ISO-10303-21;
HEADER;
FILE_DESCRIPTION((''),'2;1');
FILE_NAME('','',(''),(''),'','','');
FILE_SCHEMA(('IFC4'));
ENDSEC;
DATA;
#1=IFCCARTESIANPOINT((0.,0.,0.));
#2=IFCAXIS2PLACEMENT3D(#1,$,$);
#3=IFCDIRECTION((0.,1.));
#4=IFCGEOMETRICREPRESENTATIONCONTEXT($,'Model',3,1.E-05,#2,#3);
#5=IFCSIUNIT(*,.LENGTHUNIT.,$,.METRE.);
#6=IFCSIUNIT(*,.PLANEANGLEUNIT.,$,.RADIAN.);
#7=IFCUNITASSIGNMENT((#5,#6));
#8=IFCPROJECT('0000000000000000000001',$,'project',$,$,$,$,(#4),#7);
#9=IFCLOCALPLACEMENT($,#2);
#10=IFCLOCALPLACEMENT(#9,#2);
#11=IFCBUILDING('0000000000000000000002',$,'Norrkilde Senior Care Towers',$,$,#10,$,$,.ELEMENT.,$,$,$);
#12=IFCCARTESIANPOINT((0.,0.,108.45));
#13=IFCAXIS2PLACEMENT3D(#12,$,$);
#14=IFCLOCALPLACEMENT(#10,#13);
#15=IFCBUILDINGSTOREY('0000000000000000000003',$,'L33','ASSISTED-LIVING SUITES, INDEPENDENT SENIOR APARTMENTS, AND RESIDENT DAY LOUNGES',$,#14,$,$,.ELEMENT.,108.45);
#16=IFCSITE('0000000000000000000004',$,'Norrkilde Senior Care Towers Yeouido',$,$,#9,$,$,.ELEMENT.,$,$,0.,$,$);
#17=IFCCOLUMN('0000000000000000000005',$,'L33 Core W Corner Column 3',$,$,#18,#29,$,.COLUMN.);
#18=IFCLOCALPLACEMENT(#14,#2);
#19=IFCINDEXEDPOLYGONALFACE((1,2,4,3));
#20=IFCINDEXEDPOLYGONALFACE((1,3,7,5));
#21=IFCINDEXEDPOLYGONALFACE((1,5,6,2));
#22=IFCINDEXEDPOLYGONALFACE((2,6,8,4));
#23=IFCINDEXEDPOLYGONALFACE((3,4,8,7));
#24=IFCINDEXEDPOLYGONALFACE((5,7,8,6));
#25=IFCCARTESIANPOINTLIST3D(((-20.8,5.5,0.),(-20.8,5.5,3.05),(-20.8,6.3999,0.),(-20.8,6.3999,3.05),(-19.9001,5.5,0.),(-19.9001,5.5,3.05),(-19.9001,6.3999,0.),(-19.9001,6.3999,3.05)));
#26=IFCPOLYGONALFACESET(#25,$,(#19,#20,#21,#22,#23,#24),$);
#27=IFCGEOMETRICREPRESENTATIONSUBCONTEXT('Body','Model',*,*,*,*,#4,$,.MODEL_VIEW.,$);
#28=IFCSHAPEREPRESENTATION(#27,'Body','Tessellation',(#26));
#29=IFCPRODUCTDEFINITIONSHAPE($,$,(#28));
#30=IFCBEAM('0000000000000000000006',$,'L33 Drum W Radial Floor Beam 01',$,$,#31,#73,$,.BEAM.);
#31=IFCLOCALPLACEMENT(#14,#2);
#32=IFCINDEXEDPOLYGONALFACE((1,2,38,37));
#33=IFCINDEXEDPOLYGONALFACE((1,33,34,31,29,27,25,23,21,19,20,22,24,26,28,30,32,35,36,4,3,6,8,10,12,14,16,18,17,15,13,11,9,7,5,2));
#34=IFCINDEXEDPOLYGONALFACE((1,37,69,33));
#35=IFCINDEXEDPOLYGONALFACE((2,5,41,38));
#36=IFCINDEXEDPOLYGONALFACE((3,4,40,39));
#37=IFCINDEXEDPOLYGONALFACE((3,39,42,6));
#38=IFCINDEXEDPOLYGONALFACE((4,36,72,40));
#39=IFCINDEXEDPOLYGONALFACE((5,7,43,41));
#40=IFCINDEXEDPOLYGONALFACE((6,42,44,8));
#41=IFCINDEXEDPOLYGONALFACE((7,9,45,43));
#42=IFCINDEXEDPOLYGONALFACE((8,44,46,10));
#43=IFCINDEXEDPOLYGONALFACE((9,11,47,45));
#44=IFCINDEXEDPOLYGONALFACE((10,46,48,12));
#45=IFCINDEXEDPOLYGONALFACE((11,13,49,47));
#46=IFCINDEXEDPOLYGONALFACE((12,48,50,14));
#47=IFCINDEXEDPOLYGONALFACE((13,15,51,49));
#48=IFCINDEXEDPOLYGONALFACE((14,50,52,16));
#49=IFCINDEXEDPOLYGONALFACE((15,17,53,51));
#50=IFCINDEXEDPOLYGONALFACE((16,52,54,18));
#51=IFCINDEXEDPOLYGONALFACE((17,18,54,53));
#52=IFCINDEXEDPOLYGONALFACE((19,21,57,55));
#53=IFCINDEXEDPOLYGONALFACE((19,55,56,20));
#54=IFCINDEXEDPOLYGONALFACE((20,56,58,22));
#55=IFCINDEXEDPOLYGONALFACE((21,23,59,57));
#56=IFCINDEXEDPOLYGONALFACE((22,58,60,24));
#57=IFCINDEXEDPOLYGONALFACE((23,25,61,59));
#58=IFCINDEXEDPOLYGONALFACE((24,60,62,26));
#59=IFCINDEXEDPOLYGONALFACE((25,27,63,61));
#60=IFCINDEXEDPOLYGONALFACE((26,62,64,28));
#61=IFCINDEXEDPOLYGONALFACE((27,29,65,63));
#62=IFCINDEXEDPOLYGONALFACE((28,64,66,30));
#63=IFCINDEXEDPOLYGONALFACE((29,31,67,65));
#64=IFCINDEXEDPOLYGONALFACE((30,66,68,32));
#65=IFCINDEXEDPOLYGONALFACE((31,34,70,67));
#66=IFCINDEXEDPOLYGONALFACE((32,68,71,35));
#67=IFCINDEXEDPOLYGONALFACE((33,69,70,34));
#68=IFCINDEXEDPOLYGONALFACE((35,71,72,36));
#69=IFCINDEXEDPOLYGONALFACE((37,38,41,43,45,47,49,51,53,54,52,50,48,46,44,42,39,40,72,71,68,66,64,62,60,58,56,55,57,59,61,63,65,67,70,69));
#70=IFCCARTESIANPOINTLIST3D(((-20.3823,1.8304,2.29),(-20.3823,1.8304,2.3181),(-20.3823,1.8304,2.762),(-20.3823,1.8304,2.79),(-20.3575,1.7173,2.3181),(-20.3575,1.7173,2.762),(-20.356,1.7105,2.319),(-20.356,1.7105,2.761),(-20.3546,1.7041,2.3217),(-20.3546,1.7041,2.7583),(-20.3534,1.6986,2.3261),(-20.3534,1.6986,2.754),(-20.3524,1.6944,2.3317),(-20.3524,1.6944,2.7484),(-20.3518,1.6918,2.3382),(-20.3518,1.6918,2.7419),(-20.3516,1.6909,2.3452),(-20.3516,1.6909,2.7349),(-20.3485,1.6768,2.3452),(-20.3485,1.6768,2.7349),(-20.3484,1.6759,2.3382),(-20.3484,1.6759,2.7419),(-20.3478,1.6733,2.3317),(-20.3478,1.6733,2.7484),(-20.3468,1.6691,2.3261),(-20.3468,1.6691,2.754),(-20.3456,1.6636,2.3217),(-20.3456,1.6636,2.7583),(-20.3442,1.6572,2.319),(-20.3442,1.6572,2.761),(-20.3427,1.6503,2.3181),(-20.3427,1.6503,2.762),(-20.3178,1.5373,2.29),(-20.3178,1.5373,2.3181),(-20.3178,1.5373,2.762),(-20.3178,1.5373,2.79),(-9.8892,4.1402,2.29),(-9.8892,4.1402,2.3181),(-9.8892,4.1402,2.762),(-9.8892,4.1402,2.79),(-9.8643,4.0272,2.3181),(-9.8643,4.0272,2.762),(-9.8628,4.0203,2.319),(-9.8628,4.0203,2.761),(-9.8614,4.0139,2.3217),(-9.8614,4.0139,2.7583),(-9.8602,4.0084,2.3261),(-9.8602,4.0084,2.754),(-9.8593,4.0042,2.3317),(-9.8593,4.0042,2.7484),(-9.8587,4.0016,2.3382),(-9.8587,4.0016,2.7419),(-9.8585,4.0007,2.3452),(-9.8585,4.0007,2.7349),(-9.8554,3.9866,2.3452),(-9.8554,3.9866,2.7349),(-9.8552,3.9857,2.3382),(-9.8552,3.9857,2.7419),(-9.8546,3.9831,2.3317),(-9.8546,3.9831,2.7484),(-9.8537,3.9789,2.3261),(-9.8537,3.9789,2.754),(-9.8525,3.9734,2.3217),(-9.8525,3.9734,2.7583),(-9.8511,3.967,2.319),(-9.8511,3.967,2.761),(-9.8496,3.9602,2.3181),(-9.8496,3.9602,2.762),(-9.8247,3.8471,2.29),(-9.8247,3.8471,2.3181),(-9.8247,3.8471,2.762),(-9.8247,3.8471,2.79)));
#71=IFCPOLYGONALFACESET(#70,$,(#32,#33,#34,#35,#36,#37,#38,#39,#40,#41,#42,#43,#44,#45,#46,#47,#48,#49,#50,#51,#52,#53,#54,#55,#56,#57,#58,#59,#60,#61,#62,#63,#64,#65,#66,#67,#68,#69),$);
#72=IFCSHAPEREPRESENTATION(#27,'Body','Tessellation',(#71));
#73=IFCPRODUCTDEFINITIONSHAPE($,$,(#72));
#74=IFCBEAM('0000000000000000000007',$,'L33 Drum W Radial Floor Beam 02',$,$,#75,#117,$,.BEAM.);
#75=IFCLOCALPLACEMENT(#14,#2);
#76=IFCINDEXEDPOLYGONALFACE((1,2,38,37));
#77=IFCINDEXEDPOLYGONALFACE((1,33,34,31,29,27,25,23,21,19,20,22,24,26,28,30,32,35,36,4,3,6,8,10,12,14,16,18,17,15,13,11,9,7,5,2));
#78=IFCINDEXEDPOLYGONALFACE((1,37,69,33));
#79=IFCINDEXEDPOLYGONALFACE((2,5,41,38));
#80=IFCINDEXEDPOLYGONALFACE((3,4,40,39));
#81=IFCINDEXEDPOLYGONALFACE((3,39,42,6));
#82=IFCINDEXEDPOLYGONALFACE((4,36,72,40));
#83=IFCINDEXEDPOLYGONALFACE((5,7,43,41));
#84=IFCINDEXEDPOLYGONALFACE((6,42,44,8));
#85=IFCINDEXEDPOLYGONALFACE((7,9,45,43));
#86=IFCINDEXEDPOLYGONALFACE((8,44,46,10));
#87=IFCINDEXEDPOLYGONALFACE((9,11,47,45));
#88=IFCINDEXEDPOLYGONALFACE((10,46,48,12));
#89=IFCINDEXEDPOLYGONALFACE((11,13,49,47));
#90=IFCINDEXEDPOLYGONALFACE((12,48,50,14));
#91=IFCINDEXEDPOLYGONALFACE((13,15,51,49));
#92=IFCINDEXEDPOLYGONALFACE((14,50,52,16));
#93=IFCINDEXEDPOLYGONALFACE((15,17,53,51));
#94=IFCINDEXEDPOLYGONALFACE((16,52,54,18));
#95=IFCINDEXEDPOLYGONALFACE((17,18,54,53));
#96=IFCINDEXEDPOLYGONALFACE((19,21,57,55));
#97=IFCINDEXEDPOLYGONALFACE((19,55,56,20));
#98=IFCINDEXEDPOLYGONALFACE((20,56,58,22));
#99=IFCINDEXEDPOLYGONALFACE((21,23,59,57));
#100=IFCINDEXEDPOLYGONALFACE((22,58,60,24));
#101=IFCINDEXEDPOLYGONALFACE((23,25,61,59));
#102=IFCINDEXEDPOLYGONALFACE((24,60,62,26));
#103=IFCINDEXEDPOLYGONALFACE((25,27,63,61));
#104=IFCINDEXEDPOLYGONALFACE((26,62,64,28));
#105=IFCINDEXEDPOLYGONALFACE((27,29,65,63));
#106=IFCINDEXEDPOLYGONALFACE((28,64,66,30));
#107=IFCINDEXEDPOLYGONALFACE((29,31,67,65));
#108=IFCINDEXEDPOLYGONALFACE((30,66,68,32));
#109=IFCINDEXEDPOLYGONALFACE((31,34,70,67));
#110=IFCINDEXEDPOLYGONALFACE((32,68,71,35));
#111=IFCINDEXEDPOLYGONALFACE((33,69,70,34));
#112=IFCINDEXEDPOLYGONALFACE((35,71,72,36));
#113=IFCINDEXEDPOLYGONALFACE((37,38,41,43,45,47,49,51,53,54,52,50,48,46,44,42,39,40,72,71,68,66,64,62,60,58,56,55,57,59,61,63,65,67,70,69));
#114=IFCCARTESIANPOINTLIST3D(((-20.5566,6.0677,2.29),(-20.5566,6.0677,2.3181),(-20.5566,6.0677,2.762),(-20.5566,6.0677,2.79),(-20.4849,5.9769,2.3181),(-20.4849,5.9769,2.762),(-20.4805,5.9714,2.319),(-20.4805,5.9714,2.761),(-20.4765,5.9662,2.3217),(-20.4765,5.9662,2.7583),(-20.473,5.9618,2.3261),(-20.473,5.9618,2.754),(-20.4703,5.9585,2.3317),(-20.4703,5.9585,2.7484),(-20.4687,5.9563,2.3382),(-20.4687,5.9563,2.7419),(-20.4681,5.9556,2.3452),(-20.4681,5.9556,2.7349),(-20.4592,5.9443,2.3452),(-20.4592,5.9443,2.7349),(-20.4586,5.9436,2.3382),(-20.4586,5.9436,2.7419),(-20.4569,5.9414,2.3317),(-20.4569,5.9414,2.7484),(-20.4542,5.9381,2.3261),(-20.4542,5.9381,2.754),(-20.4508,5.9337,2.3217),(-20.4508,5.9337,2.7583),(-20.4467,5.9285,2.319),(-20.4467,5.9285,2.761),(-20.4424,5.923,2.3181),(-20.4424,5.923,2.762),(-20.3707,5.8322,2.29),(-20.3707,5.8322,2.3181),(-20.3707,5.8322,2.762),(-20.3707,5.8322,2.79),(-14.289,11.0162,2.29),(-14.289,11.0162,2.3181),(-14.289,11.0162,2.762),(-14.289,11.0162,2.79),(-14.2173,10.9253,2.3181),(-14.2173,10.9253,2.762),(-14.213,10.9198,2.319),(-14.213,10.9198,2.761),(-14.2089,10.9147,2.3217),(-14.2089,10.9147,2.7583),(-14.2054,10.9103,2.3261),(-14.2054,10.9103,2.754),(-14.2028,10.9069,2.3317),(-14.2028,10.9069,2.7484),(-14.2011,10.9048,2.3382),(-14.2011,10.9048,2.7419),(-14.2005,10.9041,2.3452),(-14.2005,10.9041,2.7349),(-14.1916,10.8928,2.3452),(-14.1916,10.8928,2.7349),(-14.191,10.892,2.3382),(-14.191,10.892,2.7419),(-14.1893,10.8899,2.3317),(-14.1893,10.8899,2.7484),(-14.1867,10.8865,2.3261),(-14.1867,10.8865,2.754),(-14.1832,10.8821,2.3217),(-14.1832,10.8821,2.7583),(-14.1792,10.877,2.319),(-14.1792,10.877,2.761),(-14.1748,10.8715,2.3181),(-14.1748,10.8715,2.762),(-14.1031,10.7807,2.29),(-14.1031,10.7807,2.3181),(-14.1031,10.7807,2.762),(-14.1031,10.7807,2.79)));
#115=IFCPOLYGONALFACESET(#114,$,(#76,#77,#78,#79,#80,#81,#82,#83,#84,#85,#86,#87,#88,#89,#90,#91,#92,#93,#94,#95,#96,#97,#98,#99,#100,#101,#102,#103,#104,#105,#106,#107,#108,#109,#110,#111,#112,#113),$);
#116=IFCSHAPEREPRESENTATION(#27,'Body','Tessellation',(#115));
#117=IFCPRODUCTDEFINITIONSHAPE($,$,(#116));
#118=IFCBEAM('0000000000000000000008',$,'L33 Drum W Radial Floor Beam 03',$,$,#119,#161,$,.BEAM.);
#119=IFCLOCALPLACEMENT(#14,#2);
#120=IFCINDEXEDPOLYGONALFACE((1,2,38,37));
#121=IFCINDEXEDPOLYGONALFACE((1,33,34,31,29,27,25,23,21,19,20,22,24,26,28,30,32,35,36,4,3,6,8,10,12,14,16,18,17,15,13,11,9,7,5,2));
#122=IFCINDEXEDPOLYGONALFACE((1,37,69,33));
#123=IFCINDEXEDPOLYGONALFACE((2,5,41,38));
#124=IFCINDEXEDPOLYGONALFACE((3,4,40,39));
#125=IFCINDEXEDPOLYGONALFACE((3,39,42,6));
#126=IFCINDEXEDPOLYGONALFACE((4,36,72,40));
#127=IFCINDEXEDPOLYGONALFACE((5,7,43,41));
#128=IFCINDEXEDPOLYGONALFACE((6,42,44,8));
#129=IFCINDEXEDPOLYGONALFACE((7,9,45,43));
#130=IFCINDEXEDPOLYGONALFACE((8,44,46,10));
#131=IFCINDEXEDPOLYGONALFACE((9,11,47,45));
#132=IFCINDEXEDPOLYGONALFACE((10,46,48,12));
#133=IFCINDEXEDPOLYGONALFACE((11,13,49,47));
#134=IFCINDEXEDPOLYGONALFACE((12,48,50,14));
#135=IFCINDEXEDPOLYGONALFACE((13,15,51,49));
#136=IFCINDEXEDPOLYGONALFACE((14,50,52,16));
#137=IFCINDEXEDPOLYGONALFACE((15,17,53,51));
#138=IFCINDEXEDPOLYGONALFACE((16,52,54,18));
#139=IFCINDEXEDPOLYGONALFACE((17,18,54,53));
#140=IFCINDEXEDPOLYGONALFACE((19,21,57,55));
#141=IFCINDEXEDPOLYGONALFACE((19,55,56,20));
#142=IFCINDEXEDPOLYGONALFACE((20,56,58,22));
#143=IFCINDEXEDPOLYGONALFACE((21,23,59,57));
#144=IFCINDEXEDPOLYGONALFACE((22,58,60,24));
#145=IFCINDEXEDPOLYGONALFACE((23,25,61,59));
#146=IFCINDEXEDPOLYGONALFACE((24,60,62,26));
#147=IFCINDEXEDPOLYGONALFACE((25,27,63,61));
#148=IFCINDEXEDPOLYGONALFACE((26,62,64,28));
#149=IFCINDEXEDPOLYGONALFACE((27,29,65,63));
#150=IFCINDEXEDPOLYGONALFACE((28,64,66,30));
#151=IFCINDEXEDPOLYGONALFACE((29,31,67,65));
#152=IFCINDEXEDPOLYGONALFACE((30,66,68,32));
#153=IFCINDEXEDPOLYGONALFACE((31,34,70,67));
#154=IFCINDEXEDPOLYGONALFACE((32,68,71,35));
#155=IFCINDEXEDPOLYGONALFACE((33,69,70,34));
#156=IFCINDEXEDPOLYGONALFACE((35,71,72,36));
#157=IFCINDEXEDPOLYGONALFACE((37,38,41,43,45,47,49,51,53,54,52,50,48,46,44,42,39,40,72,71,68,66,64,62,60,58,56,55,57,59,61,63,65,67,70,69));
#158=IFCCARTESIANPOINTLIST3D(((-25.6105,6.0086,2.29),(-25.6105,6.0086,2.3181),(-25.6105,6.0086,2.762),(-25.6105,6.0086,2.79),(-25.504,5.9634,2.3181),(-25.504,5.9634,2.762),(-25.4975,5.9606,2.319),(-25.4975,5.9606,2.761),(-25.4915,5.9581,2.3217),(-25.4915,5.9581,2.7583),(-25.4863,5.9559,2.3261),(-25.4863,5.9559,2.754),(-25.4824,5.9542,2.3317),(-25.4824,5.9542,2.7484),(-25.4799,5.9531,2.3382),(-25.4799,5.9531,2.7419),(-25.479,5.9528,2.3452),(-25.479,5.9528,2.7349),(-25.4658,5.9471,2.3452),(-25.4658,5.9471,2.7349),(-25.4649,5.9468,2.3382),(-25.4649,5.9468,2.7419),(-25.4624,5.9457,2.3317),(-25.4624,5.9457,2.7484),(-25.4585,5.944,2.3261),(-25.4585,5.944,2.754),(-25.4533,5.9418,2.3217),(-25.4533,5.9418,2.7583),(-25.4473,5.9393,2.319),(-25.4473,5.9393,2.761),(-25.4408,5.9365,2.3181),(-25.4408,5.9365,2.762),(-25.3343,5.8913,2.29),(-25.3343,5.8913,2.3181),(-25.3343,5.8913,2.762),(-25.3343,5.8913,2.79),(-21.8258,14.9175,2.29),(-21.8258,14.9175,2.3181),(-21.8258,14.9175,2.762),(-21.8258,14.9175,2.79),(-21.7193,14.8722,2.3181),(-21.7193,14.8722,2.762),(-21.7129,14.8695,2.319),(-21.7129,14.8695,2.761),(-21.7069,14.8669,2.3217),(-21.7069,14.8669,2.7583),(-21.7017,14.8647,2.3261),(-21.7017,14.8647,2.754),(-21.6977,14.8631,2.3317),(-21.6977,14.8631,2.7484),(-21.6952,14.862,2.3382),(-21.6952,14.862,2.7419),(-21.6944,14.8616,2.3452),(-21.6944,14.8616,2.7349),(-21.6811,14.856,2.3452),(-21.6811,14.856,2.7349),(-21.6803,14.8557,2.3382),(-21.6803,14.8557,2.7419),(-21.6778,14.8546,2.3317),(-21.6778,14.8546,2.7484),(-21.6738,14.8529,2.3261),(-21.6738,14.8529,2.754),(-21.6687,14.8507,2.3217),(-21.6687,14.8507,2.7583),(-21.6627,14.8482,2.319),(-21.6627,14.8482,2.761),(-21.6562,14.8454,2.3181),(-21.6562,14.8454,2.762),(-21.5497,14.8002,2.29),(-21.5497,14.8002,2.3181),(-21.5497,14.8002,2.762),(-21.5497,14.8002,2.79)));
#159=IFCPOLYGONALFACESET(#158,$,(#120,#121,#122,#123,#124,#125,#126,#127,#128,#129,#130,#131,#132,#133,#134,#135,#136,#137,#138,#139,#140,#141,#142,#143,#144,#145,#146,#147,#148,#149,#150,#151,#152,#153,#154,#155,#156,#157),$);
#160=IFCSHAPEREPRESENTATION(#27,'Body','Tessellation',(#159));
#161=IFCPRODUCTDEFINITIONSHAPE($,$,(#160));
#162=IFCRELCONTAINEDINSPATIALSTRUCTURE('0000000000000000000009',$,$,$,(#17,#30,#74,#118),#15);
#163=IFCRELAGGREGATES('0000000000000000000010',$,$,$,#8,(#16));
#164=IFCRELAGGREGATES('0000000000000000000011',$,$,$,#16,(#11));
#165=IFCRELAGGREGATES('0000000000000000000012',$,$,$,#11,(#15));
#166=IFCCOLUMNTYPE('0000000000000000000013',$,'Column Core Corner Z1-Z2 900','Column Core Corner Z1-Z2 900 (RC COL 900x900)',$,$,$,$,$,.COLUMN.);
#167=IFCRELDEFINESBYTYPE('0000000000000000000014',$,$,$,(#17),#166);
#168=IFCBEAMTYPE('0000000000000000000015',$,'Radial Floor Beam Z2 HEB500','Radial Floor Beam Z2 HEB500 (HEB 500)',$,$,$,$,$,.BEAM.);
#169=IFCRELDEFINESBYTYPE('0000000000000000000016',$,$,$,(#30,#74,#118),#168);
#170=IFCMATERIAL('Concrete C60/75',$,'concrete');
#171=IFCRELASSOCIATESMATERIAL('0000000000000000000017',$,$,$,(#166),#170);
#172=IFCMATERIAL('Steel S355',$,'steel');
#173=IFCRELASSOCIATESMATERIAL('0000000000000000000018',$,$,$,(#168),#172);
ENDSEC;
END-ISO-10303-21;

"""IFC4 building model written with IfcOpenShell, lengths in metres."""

from ifc_helpers import new_model, si_unit, direction, frame, origin, origin_2d, place, context, subcontext, project, spatial, rectangle, i_section, extrude, source, transform, mapped, material, material_profile, profile_set, type_object, type_shapes, element, save


model = new_model("IFC4")

# Units and contexts
model_context = context("Model", 3, precision=1e-05, world=origin(), true_north=direction((0.0, 1.0)))
body_context = subcontext(model_context, "Body", "Model", "MODEL_VIEW")
ifc_project = project(units=[si_unit("LENGTHUNIT", "METRE"), si_unit("PLANEANGLEUNIT", "RADIAN")], contexts=[model_context])

# Site, building, storey
site_placement = place(None, origin())
site = spatial("IfcSite", under=ifc_project, at=site_placement, Name="Norrkilde Senior Care Towers Yeouido", CompositionType="ELEMENT", RefElevation=0.0)
building_placement = place(site_placement, origin())
building = spatial("IfcBuilding", under=site, at=building_placement, Name="Norrkilde Senior Care Towers", CompositionType="ELEMENT")
storey_placement = place(building_placement, frame((0.0, 0.0, 108.45)))
storey = spatial("IfcBuildingStorey", under=building, at=storey_placement, Name="L33", Description="ASSISTED-LIVING SUITES, INDEPENDENT SENIOR APARTMENTS, AND RESIDENT DAY LOUNGES", CompositionType="ELEMENT", Elevation=108.45)

# Column
ifc_material_1 = material(Name="Concrete C60/75", Category="concrete")
ifc_material_profile_1 = material_profile(ifc_material_1, rectangle(XDim=0.8999, YDim=0.8999, at=origin_2d()), Name="RC COL 900x900")
ifc_profile_set_1 = profile_set([ifc_material_profile_1], Name="Concrete C60/75")
column_type = type_object("IfcColumnType", Name="Column Core Corner Z1-Z2 900", Description="Column Core Corner Z1-Z2 900 (RC COL 900x900)", PredefinedType="COLUMN", material=ifc_profile_set_1)
shared_shape_1 = source(origin(), body_context, "Body", "SweptSolid", [
    extrude(rectangle(XDim=0.8999, YDim=0.8999, at=origin_2d()), origin(), (0.0, 0.0, 1.0), 3.05),
])
type_shapes(column_type, [shared_shape_1])
column_placement = place(storey_placement, frame((-20.3501, 5.95, 0.0), z_axis=(0.0, 0.0, 1.0), x_axis=(1.0, 0.0, 0.0)))
element("IfcColumn", 1, at=column_placement, inside=storey, type_object=column_type, Name="L33 Core W Corner Column 3", PredefinedType="COLUMN", context=body_context, shape_type="MappedRepresentation", body=[
    mapped(shared_shape_1, transform((0.0, 0.0, 0.0), x_axis=(1.0, 0.0, 0.0), y_axis=(0.0, 1.0, 0.0), z_axis=(0.0, 0.0, 1.0), scale=1.0)),
])

# Beams
ifc_material_2 = material(Name="Steel S355", Category="steel")
ifc_material_profile_2 = material_profile(ifc_material_2, i_section(OverallWidth=0.3, OverallDepth=0.5, WebThickness=0.0144, FlangeThickness=0.0281, FilletRadius=0.0271, at=origin_2d()), Name="HEB 500")
ifc_profile_set_2 = profile_set([ifc_material_profile_2], Name="Steel S355")
beam_type = type_object("IfcBeamType", Name="Radial Floor Beam Z2 HEB500", Description="Radial Floor Beam Z2 HEB500 (HEB 500)", PredefinedType="BEAM", material=ifc_profile_set_2)
shared_shape_2 = source(origin(), body_context, "Body", "SweptSolid", [
    extrude(i_section(OverallWidth=0.3, OverallDepth=0.5, WebThickness=0.0144, FlangeThickness=0.0281, FilletRadius=0.0271, at=origin_2d()), origin(), (0.0, 0.0, 1.0), 10.7444),
])
beam_1_placement = place(storey_placement, frame((-20.3501, 1.6838, 2.54), z_axis=(0.976619, 0.214979, 0.0), x_axis=(-0.214979, 0.976619, 0.0)))
element("IfcBeam", 2, at=beam_1_placement, inside=storey, type_object=beam_type, Name="L33 Drum W Radial Floor Beam 01", PredefinedType="BEAM", context=body_context, shape_type="MappedRepresentation", body=[
    mapped(shared_shape_2, transform((0.0, 0.0, 0.0), x_axis=(1.0, 0.0, 0.0), y_axis=(0.0, 1.0, 0.0), z_axis=(0.0, 0.0, 1.0), scale=1.0)),
])
shared_shape_3 = source(origin(), body_context, "Body", "SweptSolid", [
    extrude(i_section(OverallWidth=0.3, OverallDepth=0.5, WebThickness=0.0144, FlangeThickness=0.0281, FilletRadius=0.0271, at=origin_2d()), origin(), (0.0, 0.0, 1.0), 7.9856),
])
beam_2_placement = place(storey_placement, frame((-20.4636, 5.95, 2.54), z_axis=(0.784859, 0.619675, 0.0), x_axis=(-0.619675, 0.784859, 0.0)))
element("IfcBeam", 3, at=beam_2_placement, inside=storey, type_object=beam_type, Name="L33 Drum W Radial Floor Beam 02", PredefinedType="BEAM", context=body_context, shape_type="MappedRepresentation", body=[
    mapped(shared_shape_3, transform((0.0, 0.0, 0.0), x_axis=(1.0, 0.0, 0.0), y_axis=(0.0, 1.0, 0.0), z_axis=(0.0, 0.0, 1.0), scale=1.0)),
])
shared_shape_4 = source(origin(), body_context, "Body", "SweptSolid", [
    extrude(i_section(OverallWidth=0.3, OverallDepth=0.5, WebThickness=0.0144, FlangeThickness=0.0281, FilletRadius=0.0271, at=origin_2d()), origin(), (0.0, 0.0, 1.0), 9.6794),
])
type_shapes(beam_type, [shared_shape_2, shared_shape_3, shared_shape_4])
beam_3_placement = place(storey_placement, frame((-25.4724, 5.95, 2.54), z_axis=(0.390998, 0.920392, 0.0), x_axis=(-0.920392, 0.390998, 0.0)))
element("IfcBeam", 4, at=beam_3_placement, inside=storey, type_object=beam_type, Name="L33 Drum W Radial Floor Beam 03", PredefinedType="BEAM", context=body_context, shape_type="MappedRepresentation", body=[
    mapped(shared_shape_4, transform((0.0, 0.0, 0.0), x_axis=(1.0, 0.0, 0.0), y_axis=(0.0, 1.0, 0.0), z_axis=(0.0, 0.0, 1.0), scale=1.0)),
])

save(model, "model.ifc")
